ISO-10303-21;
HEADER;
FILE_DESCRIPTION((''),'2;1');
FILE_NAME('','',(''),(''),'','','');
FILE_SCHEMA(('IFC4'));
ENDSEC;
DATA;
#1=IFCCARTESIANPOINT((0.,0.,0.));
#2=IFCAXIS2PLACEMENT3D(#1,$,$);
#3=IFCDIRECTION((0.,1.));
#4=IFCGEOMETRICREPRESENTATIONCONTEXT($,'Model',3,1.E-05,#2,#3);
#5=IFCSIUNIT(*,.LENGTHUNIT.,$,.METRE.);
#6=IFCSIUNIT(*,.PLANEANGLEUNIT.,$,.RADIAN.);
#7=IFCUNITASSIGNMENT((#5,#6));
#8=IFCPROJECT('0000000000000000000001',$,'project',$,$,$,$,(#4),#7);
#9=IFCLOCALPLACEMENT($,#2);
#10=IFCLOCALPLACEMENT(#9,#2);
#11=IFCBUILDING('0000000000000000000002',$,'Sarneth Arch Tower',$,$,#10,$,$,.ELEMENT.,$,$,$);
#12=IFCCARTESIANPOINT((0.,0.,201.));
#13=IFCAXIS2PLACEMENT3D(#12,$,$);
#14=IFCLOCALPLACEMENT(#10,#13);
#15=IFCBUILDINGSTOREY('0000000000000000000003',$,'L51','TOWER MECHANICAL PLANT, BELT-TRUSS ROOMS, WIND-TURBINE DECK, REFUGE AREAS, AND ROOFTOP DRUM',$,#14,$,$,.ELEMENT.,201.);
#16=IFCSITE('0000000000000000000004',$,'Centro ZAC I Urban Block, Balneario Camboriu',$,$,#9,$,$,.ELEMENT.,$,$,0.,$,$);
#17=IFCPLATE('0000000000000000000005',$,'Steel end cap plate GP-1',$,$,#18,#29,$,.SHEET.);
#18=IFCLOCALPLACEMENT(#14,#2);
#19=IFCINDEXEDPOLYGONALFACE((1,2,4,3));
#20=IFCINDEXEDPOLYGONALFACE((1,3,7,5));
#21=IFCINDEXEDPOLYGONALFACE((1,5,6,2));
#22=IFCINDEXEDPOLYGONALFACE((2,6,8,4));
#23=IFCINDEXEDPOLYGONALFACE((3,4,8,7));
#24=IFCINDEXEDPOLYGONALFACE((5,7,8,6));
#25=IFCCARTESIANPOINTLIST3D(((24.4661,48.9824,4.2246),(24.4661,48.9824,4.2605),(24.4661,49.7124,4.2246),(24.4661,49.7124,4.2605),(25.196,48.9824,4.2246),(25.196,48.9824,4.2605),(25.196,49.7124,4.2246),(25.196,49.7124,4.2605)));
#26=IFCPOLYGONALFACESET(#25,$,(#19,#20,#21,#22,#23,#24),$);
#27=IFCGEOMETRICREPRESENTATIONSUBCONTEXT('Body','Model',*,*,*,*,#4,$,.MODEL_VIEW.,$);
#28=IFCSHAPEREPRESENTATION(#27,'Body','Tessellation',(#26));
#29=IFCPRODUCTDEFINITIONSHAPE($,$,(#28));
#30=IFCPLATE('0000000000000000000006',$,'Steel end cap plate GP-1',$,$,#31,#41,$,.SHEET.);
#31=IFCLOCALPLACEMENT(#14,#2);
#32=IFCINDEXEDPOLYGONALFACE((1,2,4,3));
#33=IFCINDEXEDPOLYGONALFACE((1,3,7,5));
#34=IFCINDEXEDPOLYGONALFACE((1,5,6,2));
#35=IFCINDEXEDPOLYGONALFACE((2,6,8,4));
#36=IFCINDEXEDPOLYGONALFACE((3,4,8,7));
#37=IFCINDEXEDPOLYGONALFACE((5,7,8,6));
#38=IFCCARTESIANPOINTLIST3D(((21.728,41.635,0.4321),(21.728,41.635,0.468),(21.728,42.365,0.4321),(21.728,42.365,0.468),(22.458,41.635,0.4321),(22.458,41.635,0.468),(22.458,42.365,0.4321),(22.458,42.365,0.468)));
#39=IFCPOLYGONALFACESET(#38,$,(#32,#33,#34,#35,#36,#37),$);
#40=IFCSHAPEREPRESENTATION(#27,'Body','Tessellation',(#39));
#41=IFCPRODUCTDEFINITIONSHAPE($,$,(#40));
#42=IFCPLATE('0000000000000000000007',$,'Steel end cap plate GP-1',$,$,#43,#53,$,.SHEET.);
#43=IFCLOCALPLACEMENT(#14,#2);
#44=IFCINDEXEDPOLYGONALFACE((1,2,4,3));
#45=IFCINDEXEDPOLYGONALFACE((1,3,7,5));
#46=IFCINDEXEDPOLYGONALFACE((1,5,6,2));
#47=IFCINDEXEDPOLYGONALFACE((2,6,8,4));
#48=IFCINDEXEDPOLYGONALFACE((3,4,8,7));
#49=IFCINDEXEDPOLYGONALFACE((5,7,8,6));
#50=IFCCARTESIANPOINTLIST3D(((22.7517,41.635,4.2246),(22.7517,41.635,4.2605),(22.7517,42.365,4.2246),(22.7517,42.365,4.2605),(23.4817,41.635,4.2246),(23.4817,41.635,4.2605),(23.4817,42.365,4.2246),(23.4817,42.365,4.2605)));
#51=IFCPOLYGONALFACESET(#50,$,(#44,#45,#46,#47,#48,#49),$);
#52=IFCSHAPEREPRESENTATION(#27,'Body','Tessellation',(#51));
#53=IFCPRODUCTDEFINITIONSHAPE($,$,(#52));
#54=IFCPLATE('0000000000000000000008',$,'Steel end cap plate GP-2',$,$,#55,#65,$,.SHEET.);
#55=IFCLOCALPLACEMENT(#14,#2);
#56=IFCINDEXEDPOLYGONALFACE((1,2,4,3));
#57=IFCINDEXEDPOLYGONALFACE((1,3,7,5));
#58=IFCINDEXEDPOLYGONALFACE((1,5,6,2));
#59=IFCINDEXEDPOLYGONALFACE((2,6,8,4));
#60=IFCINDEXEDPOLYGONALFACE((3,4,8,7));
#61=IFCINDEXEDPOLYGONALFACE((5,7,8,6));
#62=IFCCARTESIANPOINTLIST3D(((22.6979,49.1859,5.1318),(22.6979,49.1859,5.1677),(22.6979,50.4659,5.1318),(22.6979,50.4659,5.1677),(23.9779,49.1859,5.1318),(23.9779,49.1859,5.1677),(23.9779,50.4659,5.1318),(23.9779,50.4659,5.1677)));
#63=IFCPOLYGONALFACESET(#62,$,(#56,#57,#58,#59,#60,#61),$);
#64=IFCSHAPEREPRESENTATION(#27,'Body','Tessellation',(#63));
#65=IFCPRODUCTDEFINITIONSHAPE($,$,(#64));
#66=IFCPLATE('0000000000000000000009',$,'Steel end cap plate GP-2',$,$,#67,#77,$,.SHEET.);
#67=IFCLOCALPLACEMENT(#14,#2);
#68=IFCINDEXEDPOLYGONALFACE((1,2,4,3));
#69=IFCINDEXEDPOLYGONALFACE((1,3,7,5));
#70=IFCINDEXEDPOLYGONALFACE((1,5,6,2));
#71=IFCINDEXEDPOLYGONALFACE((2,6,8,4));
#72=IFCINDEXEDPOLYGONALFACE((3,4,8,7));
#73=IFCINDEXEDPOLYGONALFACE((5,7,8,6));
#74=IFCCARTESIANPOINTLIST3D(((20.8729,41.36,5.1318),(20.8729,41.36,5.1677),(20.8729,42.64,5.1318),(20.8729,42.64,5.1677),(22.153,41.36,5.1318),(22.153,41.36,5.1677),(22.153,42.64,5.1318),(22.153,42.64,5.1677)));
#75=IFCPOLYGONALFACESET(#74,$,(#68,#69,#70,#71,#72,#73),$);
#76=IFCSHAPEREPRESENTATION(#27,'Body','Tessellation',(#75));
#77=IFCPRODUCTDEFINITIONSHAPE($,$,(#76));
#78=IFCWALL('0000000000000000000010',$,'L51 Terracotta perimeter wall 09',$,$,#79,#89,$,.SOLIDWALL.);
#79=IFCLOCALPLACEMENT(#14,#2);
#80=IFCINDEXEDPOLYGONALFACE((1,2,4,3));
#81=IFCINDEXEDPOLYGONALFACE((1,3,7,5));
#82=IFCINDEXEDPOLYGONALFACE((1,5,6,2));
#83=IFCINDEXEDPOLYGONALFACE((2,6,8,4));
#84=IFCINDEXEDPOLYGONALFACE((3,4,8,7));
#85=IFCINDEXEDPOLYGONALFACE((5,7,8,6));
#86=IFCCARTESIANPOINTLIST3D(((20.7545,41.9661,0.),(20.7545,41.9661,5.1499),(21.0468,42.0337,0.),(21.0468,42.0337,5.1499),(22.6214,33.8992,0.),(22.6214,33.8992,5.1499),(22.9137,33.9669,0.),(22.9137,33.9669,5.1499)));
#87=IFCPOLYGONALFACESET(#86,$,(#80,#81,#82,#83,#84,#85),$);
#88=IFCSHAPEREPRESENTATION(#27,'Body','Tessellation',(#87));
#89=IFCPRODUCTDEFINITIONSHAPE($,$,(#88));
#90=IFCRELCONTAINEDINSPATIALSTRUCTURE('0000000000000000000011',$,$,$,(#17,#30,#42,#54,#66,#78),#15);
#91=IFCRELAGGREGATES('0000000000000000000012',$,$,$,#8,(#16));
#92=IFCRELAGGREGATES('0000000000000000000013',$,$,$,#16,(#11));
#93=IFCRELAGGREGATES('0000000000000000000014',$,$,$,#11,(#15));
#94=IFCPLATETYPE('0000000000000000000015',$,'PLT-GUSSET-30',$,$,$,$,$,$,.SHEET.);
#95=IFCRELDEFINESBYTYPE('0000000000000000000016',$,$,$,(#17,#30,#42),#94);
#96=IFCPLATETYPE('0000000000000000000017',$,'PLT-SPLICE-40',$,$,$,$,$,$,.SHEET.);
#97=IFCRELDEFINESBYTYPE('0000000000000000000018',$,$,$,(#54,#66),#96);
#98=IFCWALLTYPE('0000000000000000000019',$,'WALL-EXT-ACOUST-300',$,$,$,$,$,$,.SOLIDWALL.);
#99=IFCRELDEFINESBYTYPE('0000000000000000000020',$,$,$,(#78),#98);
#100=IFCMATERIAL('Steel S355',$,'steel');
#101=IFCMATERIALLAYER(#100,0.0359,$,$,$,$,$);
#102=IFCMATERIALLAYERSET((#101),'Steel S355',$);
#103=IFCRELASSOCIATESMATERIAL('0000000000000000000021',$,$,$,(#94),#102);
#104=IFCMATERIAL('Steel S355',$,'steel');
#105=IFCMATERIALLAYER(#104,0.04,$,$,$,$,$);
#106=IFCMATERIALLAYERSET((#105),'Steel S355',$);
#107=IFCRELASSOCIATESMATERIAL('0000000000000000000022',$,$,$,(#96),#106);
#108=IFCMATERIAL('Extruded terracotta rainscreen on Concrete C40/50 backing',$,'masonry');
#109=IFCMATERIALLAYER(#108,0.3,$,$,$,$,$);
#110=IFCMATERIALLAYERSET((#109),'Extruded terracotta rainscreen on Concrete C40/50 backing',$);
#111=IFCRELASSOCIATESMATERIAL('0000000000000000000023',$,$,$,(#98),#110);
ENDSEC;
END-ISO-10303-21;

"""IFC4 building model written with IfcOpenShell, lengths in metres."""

from ifc_helpers import new_model, si_unit, direction, frame, frame_2d, origin, origin_2d, place, context, subcontext, project, spatial, rectangle, extrude, material, layer, layer_set, type_object, element, save


model = new_model("IFC4")

# Units and contexts
model_context = context("Model", 3, precision=1e-05, world=origin(), true_north=direction((0.0, 1.0)))
body_context = subcontext(model_context, "Body", "Model", "MODEL_VIEW")
ifc_project = project(units=[si_unit("LENGTHUNIT", "METRE"), si_unit("PLANEANGLEUNIT", "RADIAN")], contexts=[model_context])

# Site, building, storey
site_placement = place(None, origin())
site = spatial("IfcSite", under=ifc_project, at=site_placement, Name="Centro ZAC I Urban Block, Balneario Camboriu", CompositionType="ELEMENT", RefElevation=0.0)
building_placement = place(site_placement, origin())
building = spatial("IfcBuilding", under=site, at=building_placement, Name="Sarneth Arch Tower", CompositionType="ELEMENT")
storey_placement = place(building_placement, frame((0.0, 0.0, 201.0)))
storey = spatial("IfcBuildingStorey", under=building, at=storey_placement, Name="L51", Description="TOWER MECHANICAL PLANT, BELT-TRUSS ROOMS, WIND-TURBINE DECK, REFUGE AREAS, AND ROOFTOP DRUM", CompositionType="ELEMENT", Elevation=201.0)

# Plates
ifc_material_1 = material(Name="Steel S355", Category="steel")
ifc_layer_1 = layer(ifc_material_1, 0.0359)
ifc_layer_set_1 = layer_set([ifc_layer_1], Name="Steel S355")
plate_type_1 = type_object("IfcPlateType", Name="PLT-GUSSET-30", PredefinedType="SHEET", material=ifc_layer_set_1)
for number, where, z_axis, x_axis, name in (
    (1, (24.8311, 49.3474, 4.2246), (0.0, 0.0, 1.0), (1.0, 0.0, 0.0), "Steel end cap plate GP-1"),
    (2, (22.093, 42.0, 0.4321), (0.0, 0.0, 1.0), (1.0, 0.0, 0.0), "Steel end cap plate GP-1"),
    (3, (23.1167, 42.0, 4.2246), (0.0, 0.0, 1.0), (1.0, 0.0, 0.0), "Steel end cap plate GP-1"),
):
    element("IfcPlate", number, at=place(storey_placement, frame(where, z_axis=z_axis, x_axis=x_axis)), inside=storey, type_object=plate_type_1, Name=name, PredefinedType="SHEET", context=body_context, shape_type="SweptSolid", body=[
        extrude(rectangle(XDim=0.73, YDim=0.73, at=origin_2d()), origin(), (0.0, 0.0, 1.0), 0.0359),
    ])
ifc_material_2 = material(Name="Steel S355", Category="steel")
ifc_layer_2 = layer(ifc_material_2, 0.04)
ifc_layer_set_2 = layer_set([ifc_layer_2], Name="Steel S355")
plate_type_2 = type_object("IfcPlateType", Name="PLT-SPLICE-40", PredefinedType="SHEET", material=ifc_layer_set_2)
for number, where, z_axis, x_axis, name in (
    (4, (23.3379, 49.8259, 5.1318), (0.0, 0.0, 1.0), (1.0, 0.0, 0.0), "Steel end cap plate GP-2"),
    (5, (21.5129, 42.0, 5.1318), (0.0, 0.0, 1.0), (1.0, 0.0, 0.0), "Steel end cap plate GP-2"),
):
    element("IfcPlate", number, at=place(storey_placement, frame(where, z_axis=z_axis, x_axis=x_axis)), inside=storey, type_object=plate_type_2, Name=name, PredefinedType="SHEET", context=body_context, shape_type="SweptSolid", body=[
        extrude(rectangle(XDim=1.28, YDim=1.28, at=origin_2d()), origin(), (0.0, 0.0, 1.0), 0.0359),
    ])

# Wall
ifc_material_3 = material(Name="Extruded terracotta rainscreen on Concrete C40/50 backing", Category="masonry")
ifc_layer_3 = layer(ifc_material_3, 0.3)
ifc_layer_set_3 = layer_set([ifc_layer_3], Name="Extruded terracotta rainscreen on Concrete C40/50 backing")
wall_type = type_object("IfcWallType", Name="WALL-EXT-ACOUST-300", PredefinedType="SOLIDWALL", material=ifc_layer_set_3)
wall_placement = place(storey_placement, frame((20.9006, 42.0, 0.0), z_axis=(0.0, 0.0, 1.0), x_axis=(0.225473, -0.974249, 0.0)))
element("IfcWall", 6, at=wall_placement, inside=storey, type_object=wall_type, Name="L51 Terracotta perimeter wall 09", PredefinedType="SOLIDWALL", context=body_context, shape_type="SweptSolid", body=[
    extrude(rectangle(XDim=8.28, YDim=0.3, at=frame_2d((4.1401, 0.0))), origin(), (0.0, 0.0, 1.0), 5.1499),
])

save(model, "model.ifc")
